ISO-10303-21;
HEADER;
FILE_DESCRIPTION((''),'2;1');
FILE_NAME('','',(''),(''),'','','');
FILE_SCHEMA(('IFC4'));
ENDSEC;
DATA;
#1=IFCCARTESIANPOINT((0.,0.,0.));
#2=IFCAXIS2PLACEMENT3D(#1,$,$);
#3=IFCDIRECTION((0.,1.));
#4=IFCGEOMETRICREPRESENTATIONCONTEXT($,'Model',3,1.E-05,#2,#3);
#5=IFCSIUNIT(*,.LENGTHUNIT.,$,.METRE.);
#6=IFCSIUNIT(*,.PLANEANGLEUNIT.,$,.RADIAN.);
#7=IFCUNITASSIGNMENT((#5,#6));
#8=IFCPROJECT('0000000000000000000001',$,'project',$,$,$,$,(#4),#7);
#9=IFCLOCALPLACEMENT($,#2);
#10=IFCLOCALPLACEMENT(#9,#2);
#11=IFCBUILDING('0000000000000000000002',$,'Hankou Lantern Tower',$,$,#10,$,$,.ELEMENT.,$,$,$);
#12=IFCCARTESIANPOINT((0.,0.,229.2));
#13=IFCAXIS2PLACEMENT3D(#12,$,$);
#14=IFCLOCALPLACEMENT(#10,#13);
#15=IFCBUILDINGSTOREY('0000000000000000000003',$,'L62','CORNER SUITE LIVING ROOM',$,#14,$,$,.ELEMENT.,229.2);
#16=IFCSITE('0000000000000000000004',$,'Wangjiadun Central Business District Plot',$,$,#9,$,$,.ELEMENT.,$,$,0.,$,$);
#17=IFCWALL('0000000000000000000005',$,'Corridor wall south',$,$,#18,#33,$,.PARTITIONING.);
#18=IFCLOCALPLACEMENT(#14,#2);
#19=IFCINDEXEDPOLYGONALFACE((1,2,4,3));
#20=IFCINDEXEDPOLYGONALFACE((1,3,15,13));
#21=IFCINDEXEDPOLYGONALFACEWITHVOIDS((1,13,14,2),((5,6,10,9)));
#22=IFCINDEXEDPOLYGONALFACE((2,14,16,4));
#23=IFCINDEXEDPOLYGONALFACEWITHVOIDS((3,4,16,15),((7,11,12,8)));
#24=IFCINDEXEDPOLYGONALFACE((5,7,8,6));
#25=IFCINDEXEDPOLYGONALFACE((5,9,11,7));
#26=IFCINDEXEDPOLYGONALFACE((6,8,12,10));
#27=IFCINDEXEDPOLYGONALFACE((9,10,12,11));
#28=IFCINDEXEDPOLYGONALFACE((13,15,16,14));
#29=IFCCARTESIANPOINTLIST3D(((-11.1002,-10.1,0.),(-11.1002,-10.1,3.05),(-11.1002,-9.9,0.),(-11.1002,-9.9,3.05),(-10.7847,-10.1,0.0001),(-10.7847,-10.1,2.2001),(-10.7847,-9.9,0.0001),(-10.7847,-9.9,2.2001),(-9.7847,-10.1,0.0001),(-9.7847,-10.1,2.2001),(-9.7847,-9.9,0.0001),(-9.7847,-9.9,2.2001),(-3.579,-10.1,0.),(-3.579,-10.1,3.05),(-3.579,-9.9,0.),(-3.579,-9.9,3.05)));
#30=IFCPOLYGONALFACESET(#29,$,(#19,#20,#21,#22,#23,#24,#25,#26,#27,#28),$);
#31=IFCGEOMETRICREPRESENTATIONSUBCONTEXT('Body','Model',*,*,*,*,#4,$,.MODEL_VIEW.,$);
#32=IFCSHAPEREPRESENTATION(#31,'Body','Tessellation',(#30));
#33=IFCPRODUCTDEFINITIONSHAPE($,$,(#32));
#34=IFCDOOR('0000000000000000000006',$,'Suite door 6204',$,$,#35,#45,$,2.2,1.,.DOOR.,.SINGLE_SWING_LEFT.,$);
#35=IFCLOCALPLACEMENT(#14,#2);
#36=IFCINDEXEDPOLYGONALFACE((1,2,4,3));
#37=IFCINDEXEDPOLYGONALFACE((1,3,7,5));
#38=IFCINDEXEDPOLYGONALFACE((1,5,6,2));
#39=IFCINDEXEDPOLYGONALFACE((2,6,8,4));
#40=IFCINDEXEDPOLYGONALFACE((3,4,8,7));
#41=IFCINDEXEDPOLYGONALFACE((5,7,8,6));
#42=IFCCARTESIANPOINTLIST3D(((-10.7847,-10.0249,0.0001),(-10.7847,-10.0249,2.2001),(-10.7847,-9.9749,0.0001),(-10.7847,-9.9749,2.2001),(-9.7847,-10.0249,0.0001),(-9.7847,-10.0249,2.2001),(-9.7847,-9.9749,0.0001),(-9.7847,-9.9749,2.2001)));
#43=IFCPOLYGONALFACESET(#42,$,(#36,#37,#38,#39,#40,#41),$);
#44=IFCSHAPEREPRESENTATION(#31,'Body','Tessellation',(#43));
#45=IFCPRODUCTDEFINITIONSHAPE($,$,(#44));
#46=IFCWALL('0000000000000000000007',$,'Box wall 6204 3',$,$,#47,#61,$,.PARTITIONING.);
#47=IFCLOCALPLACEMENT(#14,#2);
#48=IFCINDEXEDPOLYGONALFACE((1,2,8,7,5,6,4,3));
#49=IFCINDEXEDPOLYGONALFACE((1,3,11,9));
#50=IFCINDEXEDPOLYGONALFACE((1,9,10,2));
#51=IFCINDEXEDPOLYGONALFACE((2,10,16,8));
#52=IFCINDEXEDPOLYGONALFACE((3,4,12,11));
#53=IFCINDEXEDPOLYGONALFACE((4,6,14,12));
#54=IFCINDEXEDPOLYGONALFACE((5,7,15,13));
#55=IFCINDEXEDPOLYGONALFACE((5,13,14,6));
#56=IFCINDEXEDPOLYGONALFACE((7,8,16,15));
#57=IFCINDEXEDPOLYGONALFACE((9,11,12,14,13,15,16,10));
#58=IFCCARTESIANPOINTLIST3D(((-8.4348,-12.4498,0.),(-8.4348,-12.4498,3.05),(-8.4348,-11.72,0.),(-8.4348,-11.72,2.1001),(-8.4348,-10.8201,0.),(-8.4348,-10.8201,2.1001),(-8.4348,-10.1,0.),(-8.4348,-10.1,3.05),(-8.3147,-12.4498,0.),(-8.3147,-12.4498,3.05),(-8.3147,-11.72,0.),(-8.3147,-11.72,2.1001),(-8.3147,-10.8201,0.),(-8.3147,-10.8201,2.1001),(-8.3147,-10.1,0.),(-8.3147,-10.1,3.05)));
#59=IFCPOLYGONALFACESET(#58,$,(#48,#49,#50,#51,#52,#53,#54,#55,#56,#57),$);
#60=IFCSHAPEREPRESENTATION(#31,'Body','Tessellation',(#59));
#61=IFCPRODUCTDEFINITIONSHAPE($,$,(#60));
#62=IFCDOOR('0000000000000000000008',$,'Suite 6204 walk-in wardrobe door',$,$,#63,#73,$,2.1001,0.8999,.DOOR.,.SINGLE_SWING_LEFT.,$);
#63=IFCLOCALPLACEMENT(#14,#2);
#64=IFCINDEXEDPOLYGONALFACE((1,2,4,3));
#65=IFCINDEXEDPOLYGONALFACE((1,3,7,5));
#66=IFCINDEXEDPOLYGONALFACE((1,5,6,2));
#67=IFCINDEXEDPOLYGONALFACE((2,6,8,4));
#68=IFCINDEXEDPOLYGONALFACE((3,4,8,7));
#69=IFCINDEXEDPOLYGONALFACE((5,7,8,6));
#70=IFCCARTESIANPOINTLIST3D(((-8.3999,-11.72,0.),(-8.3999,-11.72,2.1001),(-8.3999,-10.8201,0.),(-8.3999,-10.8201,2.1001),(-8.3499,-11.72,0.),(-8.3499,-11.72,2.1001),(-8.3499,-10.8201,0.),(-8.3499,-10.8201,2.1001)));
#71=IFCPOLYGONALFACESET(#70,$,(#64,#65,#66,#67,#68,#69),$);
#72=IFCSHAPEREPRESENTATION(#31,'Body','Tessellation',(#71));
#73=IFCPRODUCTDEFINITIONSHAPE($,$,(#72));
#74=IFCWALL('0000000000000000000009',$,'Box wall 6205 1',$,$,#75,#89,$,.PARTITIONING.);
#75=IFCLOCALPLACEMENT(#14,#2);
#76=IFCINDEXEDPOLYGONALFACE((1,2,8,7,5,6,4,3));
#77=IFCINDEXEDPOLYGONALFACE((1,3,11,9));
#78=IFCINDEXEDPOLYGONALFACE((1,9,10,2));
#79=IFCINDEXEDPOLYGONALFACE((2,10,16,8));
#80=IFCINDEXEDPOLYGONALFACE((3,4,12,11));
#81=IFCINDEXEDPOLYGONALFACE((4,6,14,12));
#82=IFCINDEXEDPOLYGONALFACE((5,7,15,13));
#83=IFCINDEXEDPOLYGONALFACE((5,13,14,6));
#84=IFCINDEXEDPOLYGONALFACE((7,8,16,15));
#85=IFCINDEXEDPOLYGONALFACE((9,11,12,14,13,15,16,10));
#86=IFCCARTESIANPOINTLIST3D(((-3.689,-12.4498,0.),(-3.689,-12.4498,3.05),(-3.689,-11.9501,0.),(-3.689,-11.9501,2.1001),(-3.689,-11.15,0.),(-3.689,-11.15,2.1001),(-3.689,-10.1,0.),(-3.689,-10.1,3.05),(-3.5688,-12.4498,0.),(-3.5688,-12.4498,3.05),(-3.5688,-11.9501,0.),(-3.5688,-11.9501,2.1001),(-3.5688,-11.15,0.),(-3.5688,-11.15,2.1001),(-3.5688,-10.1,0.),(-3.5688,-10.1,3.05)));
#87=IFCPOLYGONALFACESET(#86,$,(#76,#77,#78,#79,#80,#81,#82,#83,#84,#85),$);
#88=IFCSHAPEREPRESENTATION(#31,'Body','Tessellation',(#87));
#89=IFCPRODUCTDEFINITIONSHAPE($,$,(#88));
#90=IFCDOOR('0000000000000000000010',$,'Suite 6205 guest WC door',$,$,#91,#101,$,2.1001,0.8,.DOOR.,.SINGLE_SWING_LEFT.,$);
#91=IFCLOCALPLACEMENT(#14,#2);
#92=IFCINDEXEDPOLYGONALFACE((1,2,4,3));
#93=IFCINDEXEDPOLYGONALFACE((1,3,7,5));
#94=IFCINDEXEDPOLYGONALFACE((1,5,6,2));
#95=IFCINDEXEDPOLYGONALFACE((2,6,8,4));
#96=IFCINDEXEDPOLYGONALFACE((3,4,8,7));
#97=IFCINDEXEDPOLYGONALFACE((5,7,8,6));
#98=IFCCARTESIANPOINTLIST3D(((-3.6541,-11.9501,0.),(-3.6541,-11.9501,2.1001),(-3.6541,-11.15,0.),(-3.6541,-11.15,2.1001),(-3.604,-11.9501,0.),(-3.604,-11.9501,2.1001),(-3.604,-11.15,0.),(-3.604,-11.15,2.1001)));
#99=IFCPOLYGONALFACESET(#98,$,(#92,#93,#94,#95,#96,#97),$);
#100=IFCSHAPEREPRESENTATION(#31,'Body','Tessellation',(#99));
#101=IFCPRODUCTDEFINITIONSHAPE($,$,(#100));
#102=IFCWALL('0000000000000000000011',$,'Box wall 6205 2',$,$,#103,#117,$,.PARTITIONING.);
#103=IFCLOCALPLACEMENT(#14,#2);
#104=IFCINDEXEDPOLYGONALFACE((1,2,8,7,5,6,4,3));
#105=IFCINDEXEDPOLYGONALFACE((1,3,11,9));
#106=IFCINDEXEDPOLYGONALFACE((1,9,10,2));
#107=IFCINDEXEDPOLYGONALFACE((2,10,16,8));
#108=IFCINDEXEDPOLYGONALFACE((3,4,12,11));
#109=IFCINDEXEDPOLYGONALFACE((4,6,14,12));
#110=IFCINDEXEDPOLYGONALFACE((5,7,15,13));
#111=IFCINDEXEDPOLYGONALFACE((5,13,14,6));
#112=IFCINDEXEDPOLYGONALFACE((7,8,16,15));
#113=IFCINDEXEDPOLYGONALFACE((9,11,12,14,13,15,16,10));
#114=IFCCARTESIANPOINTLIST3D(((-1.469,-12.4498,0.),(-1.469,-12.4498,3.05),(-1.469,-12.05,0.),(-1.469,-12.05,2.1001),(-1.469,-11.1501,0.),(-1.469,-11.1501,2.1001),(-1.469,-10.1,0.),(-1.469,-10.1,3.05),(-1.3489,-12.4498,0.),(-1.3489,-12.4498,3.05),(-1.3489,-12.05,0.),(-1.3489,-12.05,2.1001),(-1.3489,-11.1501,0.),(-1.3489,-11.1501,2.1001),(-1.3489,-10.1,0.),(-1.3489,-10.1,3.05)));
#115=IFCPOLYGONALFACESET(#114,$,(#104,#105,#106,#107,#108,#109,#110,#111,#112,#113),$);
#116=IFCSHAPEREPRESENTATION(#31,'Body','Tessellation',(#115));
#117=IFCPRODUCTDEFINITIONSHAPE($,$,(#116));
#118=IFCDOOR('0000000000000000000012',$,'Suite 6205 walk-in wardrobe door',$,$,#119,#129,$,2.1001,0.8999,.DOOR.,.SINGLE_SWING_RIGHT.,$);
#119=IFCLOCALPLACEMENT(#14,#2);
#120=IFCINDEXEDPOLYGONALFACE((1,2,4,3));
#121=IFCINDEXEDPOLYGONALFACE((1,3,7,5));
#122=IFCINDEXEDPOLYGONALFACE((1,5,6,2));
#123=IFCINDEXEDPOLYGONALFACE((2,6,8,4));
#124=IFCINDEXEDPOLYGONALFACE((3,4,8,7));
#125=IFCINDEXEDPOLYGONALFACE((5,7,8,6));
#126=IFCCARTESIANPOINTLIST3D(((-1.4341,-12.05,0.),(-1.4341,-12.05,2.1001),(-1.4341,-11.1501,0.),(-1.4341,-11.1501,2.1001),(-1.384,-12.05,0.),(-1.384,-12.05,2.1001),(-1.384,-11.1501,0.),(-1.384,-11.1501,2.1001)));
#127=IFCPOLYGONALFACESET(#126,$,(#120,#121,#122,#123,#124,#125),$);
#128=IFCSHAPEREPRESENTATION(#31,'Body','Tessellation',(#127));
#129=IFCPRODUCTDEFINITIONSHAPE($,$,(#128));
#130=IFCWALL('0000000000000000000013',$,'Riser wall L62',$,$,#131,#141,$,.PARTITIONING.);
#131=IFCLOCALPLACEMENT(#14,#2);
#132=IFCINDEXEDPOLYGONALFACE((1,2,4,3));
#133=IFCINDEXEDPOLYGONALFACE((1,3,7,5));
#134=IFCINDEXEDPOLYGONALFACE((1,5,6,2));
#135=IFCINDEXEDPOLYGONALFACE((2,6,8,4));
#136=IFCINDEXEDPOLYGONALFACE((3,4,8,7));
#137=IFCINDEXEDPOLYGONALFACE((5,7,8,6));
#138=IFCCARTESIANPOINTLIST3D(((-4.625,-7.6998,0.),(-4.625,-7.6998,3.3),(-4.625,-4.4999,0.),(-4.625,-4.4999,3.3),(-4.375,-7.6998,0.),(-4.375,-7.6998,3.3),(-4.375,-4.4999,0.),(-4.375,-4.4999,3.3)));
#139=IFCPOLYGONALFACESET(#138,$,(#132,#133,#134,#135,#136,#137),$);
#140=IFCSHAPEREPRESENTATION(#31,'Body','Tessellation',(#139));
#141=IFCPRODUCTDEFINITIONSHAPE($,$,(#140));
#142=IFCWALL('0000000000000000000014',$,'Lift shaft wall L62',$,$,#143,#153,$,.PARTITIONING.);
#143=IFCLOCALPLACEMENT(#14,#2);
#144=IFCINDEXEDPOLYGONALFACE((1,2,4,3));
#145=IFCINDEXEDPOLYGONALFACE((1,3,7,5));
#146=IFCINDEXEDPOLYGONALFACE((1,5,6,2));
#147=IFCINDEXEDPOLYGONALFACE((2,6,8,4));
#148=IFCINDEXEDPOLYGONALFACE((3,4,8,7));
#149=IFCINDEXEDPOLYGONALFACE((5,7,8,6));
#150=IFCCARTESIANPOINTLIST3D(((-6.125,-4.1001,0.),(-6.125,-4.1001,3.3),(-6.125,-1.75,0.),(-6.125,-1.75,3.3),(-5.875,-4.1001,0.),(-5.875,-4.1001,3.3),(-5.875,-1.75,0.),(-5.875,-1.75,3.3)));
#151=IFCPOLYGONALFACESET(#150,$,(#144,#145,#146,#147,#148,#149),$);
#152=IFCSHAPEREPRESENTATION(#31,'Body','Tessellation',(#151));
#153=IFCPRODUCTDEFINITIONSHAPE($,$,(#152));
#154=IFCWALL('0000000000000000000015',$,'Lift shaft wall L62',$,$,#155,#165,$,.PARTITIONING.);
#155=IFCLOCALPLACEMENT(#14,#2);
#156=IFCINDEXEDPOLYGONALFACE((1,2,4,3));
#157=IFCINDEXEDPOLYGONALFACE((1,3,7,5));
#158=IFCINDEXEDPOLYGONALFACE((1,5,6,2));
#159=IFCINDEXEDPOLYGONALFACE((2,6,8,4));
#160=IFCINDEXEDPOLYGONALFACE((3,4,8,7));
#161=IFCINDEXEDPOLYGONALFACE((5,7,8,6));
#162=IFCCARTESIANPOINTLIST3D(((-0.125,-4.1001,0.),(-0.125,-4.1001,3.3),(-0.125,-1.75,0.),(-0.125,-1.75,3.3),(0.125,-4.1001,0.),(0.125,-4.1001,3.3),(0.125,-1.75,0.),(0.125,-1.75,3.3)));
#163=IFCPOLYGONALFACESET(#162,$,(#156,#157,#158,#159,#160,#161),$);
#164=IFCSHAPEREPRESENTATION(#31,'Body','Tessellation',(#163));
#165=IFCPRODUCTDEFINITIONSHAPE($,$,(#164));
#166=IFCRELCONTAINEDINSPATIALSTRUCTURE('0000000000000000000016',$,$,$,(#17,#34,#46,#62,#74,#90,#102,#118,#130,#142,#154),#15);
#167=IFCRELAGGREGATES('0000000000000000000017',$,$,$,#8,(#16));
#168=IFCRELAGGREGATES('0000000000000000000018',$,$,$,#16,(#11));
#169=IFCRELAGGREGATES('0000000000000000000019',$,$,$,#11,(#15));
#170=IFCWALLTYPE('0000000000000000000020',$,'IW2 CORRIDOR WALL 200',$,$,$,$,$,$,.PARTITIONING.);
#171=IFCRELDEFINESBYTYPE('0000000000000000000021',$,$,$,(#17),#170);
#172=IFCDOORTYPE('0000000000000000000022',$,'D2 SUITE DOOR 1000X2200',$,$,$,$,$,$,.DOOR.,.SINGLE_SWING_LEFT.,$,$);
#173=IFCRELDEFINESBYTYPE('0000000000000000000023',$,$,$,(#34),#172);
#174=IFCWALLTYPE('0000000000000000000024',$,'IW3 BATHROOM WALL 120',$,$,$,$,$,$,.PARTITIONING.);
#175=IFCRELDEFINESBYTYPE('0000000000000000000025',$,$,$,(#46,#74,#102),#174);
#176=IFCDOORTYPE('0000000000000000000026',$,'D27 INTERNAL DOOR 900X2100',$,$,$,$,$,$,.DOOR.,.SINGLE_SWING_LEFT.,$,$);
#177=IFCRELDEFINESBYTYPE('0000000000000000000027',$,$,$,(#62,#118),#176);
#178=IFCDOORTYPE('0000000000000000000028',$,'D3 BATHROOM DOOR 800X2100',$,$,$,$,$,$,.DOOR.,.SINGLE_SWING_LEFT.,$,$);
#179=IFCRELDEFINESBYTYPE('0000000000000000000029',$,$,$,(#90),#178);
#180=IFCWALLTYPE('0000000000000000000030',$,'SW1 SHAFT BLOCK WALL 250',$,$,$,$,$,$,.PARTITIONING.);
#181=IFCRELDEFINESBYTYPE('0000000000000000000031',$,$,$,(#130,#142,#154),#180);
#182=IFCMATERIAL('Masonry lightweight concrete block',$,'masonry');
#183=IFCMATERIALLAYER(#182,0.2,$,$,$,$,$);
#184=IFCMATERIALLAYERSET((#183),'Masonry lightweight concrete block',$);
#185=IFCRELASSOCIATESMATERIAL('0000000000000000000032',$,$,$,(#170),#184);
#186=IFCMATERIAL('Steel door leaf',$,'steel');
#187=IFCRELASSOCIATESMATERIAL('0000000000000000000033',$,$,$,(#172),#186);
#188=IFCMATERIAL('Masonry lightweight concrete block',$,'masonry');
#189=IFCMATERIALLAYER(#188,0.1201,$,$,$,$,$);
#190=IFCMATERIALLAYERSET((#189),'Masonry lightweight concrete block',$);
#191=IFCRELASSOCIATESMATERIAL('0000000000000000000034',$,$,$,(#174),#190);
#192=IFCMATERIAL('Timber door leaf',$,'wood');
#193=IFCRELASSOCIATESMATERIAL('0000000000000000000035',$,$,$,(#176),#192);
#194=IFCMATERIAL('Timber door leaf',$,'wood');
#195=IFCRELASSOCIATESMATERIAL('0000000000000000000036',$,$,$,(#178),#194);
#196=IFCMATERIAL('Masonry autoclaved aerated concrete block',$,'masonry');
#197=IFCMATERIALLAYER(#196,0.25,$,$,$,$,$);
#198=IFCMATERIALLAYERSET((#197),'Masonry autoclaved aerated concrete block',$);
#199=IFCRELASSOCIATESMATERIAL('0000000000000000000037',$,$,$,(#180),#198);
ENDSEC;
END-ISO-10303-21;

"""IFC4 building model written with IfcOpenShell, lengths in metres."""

from ifc_helpers import new_model, si_unit, direction, frame, frame_2d, origin, place, context, subcontext, project, spatial, rectangle, extrude, material, layer, layer_set, type_object, element, fill, save


model = new_model("IFC4")

# Units and contexts
model_context = context("Model", 3, precision=1e-05, world=origin(), true_north=direction((0.0, 1.0)))
body_context = subcontext(model_context, "Body", "Model", "MODEL_VIEW")
ifc_project = project(units=[si_unit("LENGTHUNIT", "METRE"), si_unit("PLANEANGLEUNIT", "RADIAN")], contexts=[model_context])

# Site, building, storey
site_placement = place(None, origin())
site = spatial("IfcSite", under=ifc_project, at=site_placement, Name="Wangjiadun Central Business District Plot", CompositionType="ELEMENT", RefElevation=0.0)
building_placement = place(site_placement, origin())
building = spatial("IfcBuilding", under=site, at=building_placement, Name="Hankou Lantern Tower", CompositionType="ELEMENT")
storey_placement = place(building_placement, frame((0.0, 0.0, 229.2)))
storey = spatial("IfcBuildingStorey", under=building, at=storey_placement, Name="L62", Description="CORNER SUITE LIVING ROOM", CompositionType="ELEMENT", Elevation=229.2)

# Walls, openings, doors
ifc_material_1 = material(Name="Masonry lightweight concrete block", Category="masonry")
ifc_layer_1 = layer(ifc_material_1, 0.2)
ifc_layer_set_1 = layer_set([ifc_layer_1], Name="Masonry lightweight concrete block")
wall_type_1 = type_object("IfcWallType", Name="IW2 CORRIDOR WALL 200", PredefinedType="PARTITIONING", material=ifc_layer_set_1)
wall_1_placement = place(storey_placement, frame((-3.5789, -10.0, 0.0), z_axis=(0.0, 0.0, 1.0), x_axis=(-1.0, 0.0, 0.0)))
wall_1 = element("IfcWall", 1, at=wall_1_placement, inside=storey, type_object=wall_type_1, Name="Corridor wall south", PredefinedType="PARTITIONING", context=body_context, shape_type="SweptSolid", body=[
    extrude(rectangle(XDim=7.5212, YDim=0.2, at=frame_2d((3.7607, 0.0))), origin(), (0.0, 0.0, 1.0), 3.05),
])
opening_1_placement = place(wall_1_placement, frame((6.2058, 0.0, 0.0)))
opening_1 = element("IfcOpeningElement", 2, at=opening_1_placement, cuts=wall_1, PredefinedType="OPENING", context=body_context, shape_type="SweptSolid", body=[
    extrude(rectangle(XDim=1.0, YDim=2.2, at=frame_2d((0.5, 1.1001))), frame((0.0, 0.1099, 0.0), z_axis=(0.0, -1.0, 0.0), x_axis=(1.0, 0.0, 0.0)), (0.0, 0.0, 1.0), 0.22),
])
ifc_material_2 = material(Name="Steel door leaf", Category="steel")
door_type_1 = type_object("IfcDoorType", Name="D2 SUITE DOOR 1000X2200", OperationType="SINGLE_SWING_LEFT", PredefinedType="DOOR", material=ifc_material_2)
door_1_placement = place(opening_1_placement, origin())
door_1 = element("IfcDoor", 3, at=door_1_placement, inside=storey, type_object=door_type_1, Name="Suite door 6204", OperationType="SINGLE_SWING_LEFT", OverallHeight=2.2, OverallWidth=1.0, PredefinedType="DOOR", context=body_context, shape_type="SweptSolid", body=[
    extrude(rectangle(XDim=1.0, YDim=2.2, at=frame_2d((0.5, 1.1001))), frame((0.0, 0.0249, 0.0), z_axis=(0.0, -1.0, 0.0), x_axis=(1.0, 0.0, 0.0)), (0.0, 0.0, 1.0), 0.05),
])
fill(opening_1, door_1)
ifc_material_3 = material(Name="Masonry lightweight concrete block", Category="masonry")
ifc_layer_2 = layer(ifc_material_3, 0.1201)
ifc_layer_set_2 = layer_set([ifc_layer_2], Name="Masonry lightweight concrete block")
wall_type_2 = type_object("IfcWallType", Name="IW3 BATHROOM WALL 120", PredefinedType="PARTITIONING", material=ifc_layer_set_2)
wall_2_placement = place(storey_placement, frame((-8.3748, -10.1001, 0.0), z_axis=(0.0, 0.0, 1.0), x_axis=(0.0, -1.0, 0.0)))
wall_2 = element("IfcWall", 4, at=wall_2_placement, inside=storey, type_object=wall_type_2, Name="Box wall 6204 3", PredefinedType="PARTITIONING", context=body_context, shape_type="SweptSolid", body=[
    extrude(rectangle(XDim=2.3499, YDim=0.1201, at=frame_2d((1.1748, 0.0))), origin(), (0.0, 0.0, 1.0), 3.05),
])
opening_2_placement = place(wall_2_placement, frame((0.72, 0.0, 0.0)))
opening_2 = element("IfcOpeningElement", 5, at=opening_2_placement, cuts=wall_2, PredefinedType="OPENING", context=body_context, shape_type="SweptSolid", body=[
    extrude(rectangle(XDim=0.8999, YDim=2.1001, at=frame_2d((0.45, 1.05))), frame((0.0, 0.0701, 0.0), z_axis=(0.0, -1.0, 0.0), x_axis=(1.0, 0.0, 0.0)), (0.0, 0.0, 1.0), 0.1401),
])
ifc_material_4 = material(Name="Timber door leaf", Category="wood")
door_type_2 = type_object("IfcDoorType", Name="D27 INTERNAL DOOR 900X2100", OperationType="SINGLE_SWING_LEFT", PredefinedType="DOOR", material=ifc_material_4)
door_2_placement = place(opening_2_placement, origin())
door_2 = element("IfcDoor", 6, at=door_2_placement, inside=storey, type_object=door_type_2, Name="Suite 6204 walk-in wardrobe door", OperationType="SINGLE_SWING_LEFT", OverallHeight=2.1001, OverallWidth=0.8999, PredefinedType="DOOR", context=body_context, shape_type="SweptSolid", body=[
    extrude(rectangle(XDim=0.8999, YDim=2.1001, at=frame_2d((0.45, 1.05))), frame((0.0, 0.0249, 0.0), z_axis=(0.0, -1.0, 0.0), x_axis=(1.0, 0.0, 0.0)), (0.0, 0.0, 1.0), 0.05),
])
fill(opening_2, door_2)
wall_3_placement = place(storey_placement, frame((-3.6289, -10.1001, 0.0), z_axis=(0.0, 0.0, 1.0), x_axis=(0.0, -1.0, 0.0)))
wall_3 = element("IfcWall", 7, at=wall_3_placement, inside=storey, type_object=wall_type_2, Name="Box wall 6205 1", PredefinedType="PARTITIONING", context=body_context, shape_type="SweptSolid", body=[
    extrude(rectangle(XDim=2.3499, YDim=0.1201, at=frame_2d((1.1748, 0.0))), origin(), (0.0, 0.0, 1.0), 3.05),
])
opening_3_placement = place(wall_3_placement, frame((1.05, 0.0, 0.0)))
opening_3 = element("IfcOpeningElement", 8, at=opening_3_placement, cuts=wall_3, PredefinedType="OPENING", context=body_context, shape_type="SweptSolid", body=[
    extrude(rectangle(XDim=0.8, YDim=2.1001, at=frame_2d((0.3999, 1.05))), frame((0.0, 0.0701, 0.0), z_axis=(0.0, -1.0, 0.0), x_axis=(1.0, 0.0, 0.0)), (0.0, 0.0, 1.0), 0.1401),
])
ifc_material_5 = material(Name="Timber door leaf", Category="wood")
door_type_3 = type_object("IfcDoorType", Name="D3 BATHROOM DOOR 800X2100", OperationType="SINGLE_SWING_LEFT", PredefinedType="DOOR", material=ifc_material_5)
door_3_placement = place(opening_3_placement, origin())
door_3 = element("IfcDoor", 9, at=door_3_placement, inside=storey, type_object=door_type_3, Name="Suite 6205 guest WC door", OperationType="SINGLE_SWING_LEFT", OverallHeight=2.1001, OverallWidth=0.8, PredefinedType="DOOR", context=body_context, shape_type="SweptSolid", body=[
    extrude(rectangle(XDim=0.8, YDim=2.1001, at=frame_2d((0.3999, 1.05))), frame((0.0, 0.0249, 0.0), z_axis=(0.0, -1.0, 0.0), x_axis=(1.0, 0.0, 0.0)), (0.0, 0.0, 1.0), 0.05),
])
fill(opening_3, door_3)
wall_4_placement = place(storey_placement, frame((-1.4089, -10.1001, 0.0), z_axis=(0.0, 0.0, 1.0), x_axis=(0.0, -1.0, 0.0)))
wall_4 = element("IfcWall", 10, at=wall_4_placement, inside=storey, type_object=wall_type_2, Name="Box wall 6205 2", PredefinedType="PARTITIONING", context=body_context, shape_type="SweptSolid", body=[
    extrude(rectangle(XDim=2.3499, YDim=0.1201, at=frame_2d((1.1748, 0.0))), origin(), (0.0, 0.0, 1.0), 3.05),
])
opening_4_placement = place(wall_4_placement, frame((1.05, 0.0, 0.0)))
opening_4 = element("IfcOpeningElement", 11, at=opening_4_placement, cuts=wall_4, PredefinedType="OPENING", context=body_context, shape_type="SweptSolid", body=[
    extrude(rectangle(XDim=0.8999, YDim=2.1001, at=frame_2d((0.45, 1.05))), frame((0.0, 0.0701, 0.0), z_axis=(0.0, -1.0, 0.0), x_axis=(1.0, 0.0, 0.0)), (0.0, 0.0, 1.0), 0.1401),
])
door_4_placement = place(opening_4_placement, origin())
door_4 = element("IfcDoor", 12, at=door_4_placement, inside=storey, type_object=door_type_2, Name="Suite 6205 walk-in wardrobe door", OperationType="SINGLE_SWING_RIGHT", OverallHeight=2.1001, OverallWidth=0.8999, PredefinedType="DOOR", context=body_context, shape_type="SweptSolid", body=[
    extrude(rectangle(XDim=0.8999, YDim=2.1001, at=frame_2d((0.45, 1.05))), frame((0.0, 0.0249, 0.0), z_axis=(0.0, -1.0, 0.0), x_axis=(1.0, 0.0, 0.0)), (0.0, 0.0, 1.0), 0.05),
])
fill(opening_4, door_4)

# Walls
ifc_material_6 = material(Name="Masonry autoclaved aerated concrete block", Category="masonry")
ifc_layer_3 = layer(ifc_material_6, 0.25)
ifc_layer_set_3 = layer_set([ifc_layer_3], Name="Masonry autoclaved aerated concrete block")
wall_type_3 = type_object("IfcWallType", Name="SW1 SHAFT BLOCK WALL 250", PredefinedType="PARTITIONING", material=ifc_layer_set_3)
wall_5_placement = place(storey_placement, frame((-4.5, -7.7, 0.0), z_axis=(0.0, 0.0, 1.0), x_axis=(0.0, 1.0, 0.0)))
element("IfcWall", 13, at=wall_5_placement, inside=storey, type_object=wall_type_3, Name="Riser wall L62", PredefinedType="PARTITIONING", context=body_context, shape_type="SweptSolid", body=[
    extrude(rectangle(XDim=3.2, YDim=0.25, at=frame_2d((1.6001, 0.0))), origin(), (0.0, 0.0, 1.0), 3.3),
])
for number, where, z_axis, x_axis, name in (
    (14, (-6.0, -4.1001, 0.0), (0.0, 0.0, 1.0), (0.0, 1.0, 0.0), "Lift shaft wall L62"),
    (15, (0.0, -4.1001, 0.0), (0.0, 0.0, 1.0), (0.0, 1.0, 0.0), "Lift shaft wall L62"),
):
    element("IfcWall", number, at=place(storey_placement, frame(where, z_axis=z_axis, x_axis=x_axis)), inside=storey, type_object=wall_type_3, Name=name, PredefinedType="PARTITIONING", context=body_context, shape_type="SweptSolid", body=[
        extrude(rectangle(XDim=2.3501, YDim=0.25, at=frame_2d((1.175, 0.0))), origin(), (0.0, 0.0, 1.0), 3.3),
    ])

save(model, "model.ifc")
